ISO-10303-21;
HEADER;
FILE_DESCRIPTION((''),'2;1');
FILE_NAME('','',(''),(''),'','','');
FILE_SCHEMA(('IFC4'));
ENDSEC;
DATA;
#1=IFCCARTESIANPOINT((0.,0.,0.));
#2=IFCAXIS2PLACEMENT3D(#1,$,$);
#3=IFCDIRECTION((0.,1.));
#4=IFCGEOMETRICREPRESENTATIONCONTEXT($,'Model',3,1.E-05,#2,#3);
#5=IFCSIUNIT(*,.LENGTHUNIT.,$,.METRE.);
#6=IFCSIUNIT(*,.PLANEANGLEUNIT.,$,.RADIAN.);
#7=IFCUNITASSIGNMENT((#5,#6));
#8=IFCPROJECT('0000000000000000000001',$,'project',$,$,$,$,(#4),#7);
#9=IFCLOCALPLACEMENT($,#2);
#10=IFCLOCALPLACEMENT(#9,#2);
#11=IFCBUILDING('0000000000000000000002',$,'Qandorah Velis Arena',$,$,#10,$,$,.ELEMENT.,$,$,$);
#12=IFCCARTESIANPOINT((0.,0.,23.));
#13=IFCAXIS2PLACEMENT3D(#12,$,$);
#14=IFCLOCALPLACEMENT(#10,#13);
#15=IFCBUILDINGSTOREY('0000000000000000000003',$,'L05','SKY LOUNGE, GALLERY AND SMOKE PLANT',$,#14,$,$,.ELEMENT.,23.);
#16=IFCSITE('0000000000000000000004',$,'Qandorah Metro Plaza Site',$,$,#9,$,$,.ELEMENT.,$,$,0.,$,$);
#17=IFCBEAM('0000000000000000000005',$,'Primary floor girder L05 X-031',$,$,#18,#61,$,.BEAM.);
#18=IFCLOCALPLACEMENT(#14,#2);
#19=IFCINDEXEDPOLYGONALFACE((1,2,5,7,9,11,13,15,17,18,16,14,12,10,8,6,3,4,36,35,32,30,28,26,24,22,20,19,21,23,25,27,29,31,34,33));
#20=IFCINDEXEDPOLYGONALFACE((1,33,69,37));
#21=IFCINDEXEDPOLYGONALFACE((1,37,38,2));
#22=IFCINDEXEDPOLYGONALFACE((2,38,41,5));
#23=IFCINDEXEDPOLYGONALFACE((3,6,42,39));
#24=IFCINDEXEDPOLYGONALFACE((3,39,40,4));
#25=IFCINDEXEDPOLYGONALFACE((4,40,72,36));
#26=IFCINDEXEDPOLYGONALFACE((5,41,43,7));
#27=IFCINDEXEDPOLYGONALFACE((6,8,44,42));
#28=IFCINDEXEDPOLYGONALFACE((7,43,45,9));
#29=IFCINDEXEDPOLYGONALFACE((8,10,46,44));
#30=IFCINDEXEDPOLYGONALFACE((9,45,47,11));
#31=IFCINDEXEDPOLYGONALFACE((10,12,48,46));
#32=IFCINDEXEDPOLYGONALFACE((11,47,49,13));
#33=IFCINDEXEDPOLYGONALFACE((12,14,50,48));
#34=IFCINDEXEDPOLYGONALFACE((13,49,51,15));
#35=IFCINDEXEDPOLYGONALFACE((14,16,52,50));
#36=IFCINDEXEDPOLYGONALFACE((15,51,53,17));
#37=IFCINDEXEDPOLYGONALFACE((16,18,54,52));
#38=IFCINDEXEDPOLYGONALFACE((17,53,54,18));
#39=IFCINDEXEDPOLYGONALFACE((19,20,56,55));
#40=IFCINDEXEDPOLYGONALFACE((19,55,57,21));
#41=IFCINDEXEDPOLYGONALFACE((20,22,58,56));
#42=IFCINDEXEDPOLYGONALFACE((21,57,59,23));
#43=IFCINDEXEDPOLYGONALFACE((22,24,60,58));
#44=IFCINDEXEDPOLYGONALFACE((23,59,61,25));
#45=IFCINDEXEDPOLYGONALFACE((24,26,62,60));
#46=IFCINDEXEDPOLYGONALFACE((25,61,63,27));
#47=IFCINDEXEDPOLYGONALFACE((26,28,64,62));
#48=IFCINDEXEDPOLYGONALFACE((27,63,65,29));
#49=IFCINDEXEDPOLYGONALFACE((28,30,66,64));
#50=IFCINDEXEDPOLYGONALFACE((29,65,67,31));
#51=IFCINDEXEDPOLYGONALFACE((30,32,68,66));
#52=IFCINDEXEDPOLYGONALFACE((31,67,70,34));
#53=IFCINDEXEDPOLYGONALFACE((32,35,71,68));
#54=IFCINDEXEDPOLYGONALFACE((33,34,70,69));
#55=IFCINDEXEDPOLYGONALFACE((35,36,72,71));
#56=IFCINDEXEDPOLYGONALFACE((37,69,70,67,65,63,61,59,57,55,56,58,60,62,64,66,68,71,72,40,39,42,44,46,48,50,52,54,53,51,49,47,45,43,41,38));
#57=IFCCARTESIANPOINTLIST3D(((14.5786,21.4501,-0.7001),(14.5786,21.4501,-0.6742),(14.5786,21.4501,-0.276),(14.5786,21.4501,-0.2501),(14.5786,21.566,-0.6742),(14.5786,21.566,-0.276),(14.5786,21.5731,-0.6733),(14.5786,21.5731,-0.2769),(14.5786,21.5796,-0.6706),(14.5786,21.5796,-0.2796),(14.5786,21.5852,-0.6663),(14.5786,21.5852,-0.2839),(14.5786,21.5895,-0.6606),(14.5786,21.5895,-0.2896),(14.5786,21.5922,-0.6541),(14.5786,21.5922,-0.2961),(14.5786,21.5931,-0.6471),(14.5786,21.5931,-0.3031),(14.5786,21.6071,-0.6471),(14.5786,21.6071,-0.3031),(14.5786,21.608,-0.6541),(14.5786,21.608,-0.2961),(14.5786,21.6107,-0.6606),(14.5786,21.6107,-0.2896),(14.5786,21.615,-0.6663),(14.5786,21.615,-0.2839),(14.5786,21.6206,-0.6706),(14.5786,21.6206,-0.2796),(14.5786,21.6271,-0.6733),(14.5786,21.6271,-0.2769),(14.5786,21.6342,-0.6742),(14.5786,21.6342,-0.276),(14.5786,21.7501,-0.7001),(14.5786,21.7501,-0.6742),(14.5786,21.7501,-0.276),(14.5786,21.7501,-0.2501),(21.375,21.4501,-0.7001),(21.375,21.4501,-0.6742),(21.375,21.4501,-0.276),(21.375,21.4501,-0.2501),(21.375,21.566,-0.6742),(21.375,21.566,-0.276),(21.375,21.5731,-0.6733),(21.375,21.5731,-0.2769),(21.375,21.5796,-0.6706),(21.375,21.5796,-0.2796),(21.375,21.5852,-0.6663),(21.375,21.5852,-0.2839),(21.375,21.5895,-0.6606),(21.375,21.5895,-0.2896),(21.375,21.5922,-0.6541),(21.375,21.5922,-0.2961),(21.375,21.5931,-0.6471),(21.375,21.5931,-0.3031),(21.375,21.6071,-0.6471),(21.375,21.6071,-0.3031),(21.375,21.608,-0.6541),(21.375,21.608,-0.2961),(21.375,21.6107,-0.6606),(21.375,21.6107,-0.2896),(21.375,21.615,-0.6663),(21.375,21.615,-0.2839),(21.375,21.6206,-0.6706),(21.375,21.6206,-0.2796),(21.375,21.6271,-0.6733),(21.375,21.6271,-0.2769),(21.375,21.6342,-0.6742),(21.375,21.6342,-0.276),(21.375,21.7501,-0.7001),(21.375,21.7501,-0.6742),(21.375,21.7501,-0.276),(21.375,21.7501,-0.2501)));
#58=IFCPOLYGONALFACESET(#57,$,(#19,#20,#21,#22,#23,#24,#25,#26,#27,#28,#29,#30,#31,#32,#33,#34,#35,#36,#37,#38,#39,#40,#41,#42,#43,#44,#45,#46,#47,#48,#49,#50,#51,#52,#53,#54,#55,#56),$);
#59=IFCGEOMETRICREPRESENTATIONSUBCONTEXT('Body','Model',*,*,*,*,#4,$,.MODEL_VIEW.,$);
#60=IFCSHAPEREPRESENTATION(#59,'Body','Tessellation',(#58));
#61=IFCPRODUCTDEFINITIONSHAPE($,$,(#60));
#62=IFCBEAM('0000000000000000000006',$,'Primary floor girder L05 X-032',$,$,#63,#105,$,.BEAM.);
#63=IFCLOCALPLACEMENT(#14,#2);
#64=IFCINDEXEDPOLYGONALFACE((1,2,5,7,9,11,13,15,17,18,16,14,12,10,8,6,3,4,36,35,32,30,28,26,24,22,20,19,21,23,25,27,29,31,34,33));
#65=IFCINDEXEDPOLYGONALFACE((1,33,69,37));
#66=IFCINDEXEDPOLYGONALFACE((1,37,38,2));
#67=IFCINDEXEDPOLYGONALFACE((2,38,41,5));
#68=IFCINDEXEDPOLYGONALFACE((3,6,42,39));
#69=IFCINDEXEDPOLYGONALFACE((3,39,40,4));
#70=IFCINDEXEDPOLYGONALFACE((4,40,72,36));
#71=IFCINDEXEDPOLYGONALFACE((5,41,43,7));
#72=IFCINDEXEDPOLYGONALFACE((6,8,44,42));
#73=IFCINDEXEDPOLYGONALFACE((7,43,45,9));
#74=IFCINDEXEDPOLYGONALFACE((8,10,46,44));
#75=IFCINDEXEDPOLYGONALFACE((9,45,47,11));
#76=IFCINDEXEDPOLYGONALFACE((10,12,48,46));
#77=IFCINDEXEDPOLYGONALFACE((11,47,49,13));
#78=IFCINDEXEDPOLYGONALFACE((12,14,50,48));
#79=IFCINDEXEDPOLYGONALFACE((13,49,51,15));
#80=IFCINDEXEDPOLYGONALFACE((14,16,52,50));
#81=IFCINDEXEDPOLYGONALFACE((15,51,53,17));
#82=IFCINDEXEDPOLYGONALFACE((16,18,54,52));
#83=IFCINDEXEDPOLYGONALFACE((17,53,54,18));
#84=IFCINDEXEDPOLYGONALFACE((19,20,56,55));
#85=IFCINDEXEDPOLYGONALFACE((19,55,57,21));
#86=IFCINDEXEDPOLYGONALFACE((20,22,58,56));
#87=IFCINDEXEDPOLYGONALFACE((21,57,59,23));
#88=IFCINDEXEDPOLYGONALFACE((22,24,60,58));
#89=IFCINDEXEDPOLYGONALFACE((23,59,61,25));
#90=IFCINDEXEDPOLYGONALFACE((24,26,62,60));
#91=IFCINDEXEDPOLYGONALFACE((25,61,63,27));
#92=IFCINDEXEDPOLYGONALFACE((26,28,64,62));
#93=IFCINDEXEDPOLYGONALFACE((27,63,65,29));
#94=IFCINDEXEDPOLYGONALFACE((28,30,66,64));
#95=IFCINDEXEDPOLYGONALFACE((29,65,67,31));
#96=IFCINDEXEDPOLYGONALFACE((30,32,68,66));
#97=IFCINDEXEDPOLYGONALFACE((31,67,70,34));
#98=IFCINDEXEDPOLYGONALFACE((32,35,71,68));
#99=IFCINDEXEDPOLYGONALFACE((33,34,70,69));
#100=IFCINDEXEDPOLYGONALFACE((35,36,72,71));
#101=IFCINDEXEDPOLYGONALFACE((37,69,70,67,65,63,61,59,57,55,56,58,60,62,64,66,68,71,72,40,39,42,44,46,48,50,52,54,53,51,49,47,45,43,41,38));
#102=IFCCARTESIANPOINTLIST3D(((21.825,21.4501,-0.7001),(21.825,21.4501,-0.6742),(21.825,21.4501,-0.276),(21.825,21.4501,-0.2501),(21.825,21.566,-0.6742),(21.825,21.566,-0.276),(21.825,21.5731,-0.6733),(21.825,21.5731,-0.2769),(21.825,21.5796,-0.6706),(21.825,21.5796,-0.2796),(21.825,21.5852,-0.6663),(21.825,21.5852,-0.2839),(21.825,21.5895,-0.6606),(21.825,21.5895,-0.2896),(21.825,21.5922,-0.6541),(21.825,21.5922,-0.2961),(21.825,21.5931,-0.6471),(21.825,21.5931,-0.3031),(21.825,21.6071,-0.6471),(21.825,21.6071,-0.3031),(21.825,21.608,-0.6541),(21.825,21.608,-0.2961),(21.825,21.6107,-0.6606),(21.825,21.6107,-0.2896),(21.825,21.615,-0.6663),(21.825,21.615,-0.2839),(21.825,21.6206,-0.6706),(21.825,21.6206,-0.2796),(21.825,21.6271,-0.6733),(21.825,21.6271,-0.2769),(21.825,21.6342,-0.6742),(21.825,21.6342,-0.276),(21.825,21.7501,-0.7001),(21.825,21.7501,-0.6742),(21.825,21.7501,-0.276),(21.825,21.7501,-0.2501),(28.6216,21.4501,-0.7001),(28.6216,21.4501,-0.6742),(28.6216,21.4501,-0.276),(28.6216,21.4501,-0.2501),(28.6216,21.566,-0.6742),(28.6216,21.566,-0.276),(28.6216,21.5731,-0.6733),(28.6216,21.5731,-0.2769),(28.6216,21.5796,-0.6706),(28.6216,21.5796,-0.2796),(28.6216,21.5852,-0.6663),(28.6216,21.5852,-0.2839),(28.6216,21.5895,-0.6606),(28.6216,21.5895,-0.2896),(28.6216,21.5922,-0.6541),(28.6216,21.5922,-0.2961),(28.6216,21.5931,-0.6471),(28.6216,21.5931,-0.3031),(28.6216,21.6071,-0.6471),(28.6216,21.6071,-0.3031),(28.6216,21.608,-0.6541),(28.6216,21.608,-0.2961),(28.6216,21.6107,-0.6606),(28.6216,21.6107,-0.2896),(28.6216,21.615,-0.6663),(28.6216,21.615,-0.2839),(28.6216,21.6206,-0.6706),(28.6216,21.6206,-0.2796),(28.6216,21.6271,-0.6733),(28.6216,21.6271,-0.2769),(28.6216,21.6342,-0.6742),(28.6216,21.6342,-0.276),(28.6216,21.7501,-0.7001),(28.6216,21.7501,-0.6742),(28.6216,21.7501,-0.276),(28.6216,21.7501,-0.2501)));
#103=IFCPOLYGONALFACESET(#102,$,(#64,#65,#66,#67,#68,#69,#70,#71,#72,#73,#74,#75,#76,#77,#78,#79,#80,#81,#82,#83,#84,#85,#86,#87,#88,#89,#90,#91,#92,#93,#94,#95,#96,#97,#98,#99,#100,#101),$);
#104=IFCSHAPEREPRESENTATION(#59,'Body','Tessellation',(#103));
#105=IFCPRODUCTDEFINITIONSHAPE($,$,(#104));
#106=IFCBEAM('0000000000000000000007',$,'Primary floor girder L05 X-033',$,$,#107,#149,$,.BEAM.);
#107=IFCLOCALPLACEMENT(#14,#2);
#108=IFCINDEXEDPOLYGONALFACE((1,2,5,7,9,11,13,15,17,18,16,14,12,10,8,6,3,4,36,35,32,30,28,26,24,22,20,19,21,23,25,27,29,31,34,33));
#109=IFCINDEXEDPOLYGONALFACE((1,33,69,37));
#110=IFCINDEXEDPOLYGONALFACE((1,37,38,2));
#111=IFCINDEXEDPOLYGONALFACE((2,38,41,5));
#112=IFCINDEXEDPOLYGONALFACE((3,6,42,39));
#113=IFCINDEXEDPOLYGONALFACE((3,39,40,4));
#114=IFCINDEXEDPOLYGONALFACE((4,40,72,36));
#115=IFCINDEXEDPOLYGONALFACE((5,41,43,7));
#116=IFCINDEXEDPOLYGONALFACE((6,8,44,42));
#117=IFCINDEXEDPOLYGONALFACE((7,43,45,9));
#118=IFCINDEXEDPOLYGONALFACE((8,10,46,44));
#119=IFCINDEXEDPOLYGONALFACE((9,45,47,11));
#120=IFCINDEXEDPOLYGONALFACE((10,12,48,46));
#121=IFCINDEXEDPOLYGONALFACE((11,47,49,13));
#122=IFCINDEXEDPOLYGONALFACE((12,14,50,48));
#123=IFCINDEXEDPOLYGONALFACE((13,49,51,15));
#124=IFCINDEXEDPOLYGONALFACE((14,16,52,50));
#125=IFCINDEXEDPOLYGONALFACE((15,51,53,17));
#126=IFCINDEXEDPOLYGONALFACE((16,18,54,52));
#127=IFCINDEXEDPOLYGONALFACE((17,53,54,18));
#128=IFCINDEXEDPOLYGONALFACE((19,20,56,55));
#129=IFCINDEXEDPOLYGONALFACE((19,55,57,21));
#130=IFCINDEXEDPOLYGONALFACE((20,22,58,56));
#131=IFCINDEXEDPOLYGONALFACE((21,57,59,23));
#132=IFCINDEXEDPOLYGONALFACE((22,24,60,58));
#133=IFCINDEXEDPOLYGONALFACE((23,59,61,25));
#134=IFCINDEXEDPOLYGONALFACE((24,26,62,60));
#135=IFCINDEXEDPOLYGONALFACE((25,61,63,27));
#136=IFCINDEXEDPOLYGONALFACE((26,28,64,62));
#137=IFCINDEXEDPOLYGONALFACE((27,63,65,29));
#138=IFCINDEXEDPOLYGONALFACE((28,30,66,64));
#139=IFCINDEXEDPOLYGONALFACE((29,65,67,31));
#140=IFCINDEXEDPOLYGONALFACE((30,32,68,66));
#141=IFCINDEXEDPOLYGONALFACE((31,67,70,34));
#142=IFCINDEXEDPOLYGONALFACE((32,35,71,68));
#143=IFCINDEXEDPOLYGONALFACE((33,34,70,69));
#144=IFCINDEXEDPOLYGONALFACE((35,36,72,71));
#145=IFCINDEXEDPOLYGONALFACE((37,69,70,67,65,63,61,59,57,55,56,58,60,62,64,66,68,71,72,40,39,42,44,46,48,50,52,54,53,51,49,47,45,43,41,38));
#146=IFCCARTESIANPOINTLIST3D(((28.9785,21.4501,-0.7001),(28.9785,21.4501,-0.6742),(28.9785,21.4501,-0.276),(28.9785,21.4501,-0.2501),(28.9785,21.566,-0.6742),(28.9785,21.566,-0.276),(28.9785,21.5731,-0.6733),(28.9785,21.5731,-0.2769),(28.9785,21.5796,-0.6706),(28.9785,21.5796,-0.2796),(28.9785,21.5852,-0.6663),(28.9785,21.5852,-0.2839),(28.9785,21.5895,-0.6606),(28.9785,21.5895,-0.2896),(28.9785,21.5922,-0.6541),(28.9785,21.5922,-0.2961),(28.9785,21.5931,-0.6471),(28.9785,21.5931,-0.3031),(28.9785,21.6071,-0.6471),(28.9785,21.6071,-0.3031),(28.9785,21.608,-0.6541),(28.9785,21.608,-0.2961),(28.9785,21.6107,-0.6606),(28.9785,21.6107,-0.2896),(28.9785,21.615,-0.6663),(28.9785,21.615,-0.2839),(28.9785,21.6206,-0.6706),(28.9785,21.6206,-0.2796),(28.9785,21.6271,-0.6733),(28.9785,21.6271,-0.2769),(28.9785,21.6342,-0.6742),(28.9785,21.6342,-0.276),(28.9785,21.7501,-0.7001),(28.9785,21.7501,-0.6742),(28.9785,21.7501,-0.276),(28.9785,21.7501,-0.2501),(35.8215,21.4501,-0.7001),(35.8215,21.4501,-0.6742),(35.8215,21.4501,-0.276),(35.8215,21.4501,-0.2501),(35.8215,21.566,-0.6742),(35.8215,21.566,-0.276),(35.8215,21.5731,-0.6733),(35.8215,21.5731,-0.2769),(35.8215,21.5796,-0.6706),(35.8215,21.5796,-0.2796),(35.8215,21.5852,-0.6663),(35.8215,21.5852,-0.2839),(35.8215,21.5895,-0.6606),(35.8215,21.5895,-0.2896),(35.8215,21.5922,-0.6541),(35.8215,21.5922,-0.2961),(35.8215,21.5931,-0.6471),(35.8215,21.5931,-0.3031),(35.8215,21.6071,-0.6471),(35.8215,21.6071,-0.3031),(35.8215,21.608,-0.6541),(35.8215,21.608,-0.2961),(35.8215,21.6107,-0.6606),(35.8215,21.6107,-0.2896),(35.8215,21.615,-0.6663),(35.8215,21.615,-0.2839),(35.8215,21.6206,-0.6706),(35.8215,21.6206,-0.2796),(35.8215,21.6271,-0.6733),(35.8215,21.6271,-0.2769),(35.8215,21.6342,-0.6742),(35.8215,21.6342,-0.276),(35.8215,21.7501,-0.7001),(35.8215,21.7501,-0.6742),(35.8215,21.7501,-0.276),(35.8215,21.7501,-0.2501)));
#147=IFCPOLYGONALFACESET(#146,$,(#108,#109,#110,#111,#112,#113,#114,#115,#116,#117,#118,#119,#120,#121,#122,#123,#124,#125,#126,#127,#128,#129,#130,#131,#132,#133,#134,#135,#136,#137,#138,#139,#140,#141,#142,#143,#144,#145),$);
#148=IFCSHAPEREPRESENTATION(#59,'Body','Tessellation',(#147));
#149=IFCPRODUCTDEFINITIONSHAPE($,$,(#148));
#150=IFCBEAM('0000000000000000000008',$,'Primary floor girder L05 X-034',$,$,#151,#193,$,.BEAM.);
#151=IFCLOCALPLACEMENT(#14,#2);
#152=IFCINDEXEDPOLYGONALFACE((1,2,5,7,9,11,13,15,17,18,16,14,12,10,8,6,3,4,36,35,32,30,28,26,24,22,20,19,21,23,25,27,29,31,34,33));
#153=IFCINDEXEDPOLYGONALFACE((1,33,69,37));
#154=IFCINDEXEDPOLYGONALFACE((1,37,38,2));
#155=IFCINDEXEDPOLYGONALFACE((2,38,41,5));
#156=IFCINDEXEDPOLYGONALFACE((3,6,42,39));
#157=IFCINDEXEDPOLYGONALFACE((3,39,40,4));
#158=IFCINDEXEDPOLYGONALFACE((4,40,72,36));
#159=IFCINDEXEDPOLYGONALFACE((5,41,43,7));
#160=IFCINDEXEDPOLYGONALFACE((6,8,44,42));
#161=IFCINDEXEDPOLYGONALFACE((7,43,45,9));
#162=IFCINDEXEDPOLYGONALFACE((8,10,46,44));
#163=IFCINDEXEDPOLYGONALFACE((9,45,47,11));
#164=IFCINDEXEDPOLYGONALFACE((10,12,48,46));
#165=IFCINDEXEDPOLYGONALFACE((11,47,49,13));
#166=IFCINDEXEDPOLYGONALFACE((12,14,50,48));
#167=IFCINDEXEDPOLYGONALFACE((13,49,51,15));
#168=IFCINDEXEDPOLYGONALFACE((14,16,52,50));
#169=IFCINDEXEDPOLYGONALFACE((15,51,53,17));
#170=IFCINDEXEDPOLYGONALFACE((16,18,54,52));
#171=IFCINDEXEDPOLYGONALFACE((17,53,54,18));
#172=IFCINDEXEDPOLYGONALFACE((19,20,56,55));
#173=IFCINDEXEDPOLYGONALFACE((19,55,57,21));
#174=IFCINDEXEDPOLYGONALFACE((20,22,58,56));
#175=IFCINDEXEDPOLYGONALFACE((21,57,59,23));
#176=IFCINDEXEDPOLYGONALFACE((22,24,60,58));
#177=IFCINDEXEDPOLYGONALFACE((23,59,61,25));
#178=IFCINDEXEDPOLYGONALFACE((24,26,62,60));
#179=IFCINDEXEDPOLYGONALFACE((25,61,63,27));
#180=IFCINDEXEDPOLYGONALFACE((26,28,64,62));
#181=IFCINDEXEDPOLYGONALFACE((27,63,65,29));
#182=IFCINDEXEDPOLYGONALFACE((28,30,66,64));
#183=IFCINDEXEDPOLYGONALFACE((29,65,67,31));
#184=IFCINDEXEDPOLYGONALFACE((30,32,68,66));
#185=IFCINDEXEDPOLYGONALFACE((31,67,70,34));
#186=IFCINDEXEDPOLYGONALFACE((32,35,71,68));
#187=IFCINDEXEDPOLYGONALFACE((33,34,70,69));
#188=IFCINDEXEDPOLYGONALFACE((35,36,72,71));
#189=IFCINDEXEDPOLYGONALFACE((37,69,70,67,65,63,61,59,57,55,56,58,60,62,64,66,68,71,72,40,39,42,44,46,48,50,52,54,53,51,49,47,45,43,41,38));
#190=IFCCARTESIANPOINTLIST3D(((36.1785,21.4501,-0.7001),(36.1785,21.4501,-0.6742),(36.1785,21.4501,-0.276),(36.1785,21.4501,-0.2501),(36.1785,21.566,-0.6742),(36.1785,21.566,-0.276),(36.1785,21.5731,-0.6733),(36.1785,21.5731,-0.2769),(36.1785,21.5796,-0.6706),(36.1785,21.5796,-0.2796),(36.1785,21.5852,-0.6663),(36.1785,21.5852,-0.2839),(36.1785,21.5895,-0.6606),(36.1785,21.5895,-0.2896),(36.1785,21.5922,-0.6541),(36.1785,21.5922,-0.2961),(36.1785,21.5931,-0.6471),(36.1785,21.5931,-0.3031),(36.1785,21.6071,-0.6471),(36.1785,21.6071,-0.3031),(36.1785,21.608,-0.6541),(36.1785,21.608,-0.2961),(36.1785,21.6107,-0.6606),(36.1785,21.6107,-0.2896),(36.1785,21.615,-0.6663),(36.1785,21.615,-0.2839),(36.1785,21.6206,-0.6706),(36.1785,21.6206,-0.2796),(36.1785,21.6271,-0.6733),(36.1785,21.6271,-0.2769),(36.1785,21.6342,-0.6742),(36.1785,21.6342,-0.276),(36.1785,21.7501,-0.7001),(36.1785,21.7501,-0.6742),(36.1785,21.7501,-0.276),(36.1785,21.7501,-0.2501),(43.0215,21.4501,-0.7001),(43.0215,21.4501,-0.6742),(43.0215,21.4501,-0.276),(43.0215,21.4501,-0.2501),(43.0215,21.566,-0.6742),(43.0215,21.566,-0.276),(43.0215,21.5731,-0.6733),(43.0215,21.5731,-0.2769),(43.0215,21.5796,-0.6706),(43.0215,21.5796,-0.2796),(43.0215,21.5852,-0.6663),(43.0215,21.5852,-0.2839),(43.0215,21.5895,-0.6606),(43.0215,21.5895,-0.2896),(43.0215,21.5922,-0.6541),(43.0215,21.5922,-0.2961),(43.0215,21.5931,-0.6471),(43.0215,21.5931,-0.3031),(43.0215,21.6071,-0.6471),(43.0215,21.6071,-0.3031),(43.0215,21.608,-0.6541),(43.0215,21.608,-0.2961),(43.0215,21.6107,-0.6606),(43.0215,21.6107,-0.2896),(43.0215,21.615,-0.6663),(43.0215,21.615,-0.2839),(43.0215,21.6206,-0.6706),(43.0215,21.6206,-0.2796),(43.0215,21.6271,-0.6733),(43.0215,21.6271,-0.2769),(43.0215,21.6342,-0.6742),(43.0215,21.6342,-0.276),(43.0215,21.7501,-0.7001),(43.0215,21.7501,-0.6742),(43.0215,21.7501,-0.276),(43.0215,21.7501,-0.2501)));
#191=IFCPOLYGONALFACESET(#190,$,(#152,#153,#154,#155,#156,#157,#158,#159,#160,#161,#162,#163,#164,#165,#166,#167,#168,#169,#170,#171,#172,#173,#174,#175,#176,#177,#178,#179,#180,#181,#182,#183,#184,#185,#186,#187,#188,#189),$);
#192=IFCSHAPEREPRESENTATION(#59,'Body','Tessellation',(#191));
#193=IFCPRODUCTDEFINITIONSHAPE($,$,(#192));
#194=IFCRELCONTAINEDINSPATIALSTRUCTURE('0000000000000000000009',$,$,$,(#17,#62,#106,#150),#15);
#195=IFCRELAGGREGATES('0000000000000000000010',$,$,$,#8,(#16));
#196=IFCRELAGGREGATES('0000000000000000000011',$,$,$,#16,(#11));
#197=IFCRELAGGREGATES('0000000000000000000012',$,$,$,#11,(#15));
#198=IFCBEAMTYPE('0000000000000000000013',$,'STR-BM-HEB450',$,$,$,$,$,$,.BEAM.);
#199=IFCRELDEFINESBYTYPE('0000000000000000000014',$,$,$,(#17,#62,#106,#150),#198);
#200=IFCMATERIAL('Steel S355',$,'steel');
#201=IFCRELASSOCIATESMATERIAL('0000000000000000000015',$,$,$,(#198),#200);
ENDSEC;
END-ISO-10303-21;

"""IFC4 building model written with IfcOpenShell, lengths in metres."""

from ifc_helpers import new_model, si_unit, direction, frame, origin, origin_2d, place, context, subcontext, project, spatial, i_section, extrude, material, material_profile, profile_set, type_object, element, save


model = new_model("IFC4")

# Units and contexts
model_context = context("Model", 3, precision=1e-05, world=origin(), true_north=direction((0.0, 1.0)))
body_context = subcontext(model_context, "Body", "Model", "MODEL_VIEW")
ifc_project = project(units=[si_unit("LENGTHUNIT", "METRE"), si_unit("PLANEANGLEUNIT", "RADIAN")], contexts=[model_context])

# Site, building, storey
site_placement = place(None, origin())
site = spatial("IfcSite", under=ifc_project, at=site_placement, Name="Qandorah Metro Plaza Site", CompositionType="ELEMENT", RefElevation=0.0)
building_placement = place(site_placement, origin())
building = spatial("IfcBuilding", under=site, at=building_placement, Name="Qandorah Velis Arena", CompositionType="ELEMENT")
storey_placement = place(building_placement, frame((0.0, 0.0, 23.0)))
storey = spatial("IfcBuildingStorey", under=building, at=storey_placement, Name="L05", Description="SKY LOUNGE, GALLERY AND SMOKE PLANT", CompositionType="ELEMENT", Elevation=23.0)

# Beams
ifc_material_1 = material(Name="Steel S355", Category="steel")
ifc_material_profile_1 = material_profile(ifc_material_1, i_section(OverallWidth=0.3, OverallDepth=0.45, WebThickness=0.0139, FlangeThickness=0.0259, FilletRadius=0.0271, at=origin_2d()), Name="HEB 450")
ifc_profile_set_1 = profile_set([ifc_material_profile_1], Name="Steel S355")
beam_type_1 = type_object("IfcBeamType", Name="STR-BM-HEB450", PredefinedType="BEAM", material=ifc_profile_set_1)
beam_1_placement = place(storey_placement, frame((14.5786, 21.6001, -0.4751), z_axis=(1.0, 0.0, 0.0), x_axis=(0.0, 1.0, 0.0)))
element("IfcBeam", 1, at=beam_1_placement, inside=storey, type_object=beam_type_1, Name="Primary floor girder L05 X-031", PredefinedType="BEAM", context=body_context, shape_type="SweptSolid", body=[
    extrude(i_section(OverallWidth=0.3, OverallDepth=0.45, WebThickness=0.0139, FlangeThickness=0.0259, FilletRadius=0.0271, at=origin_2d()), origin(), (0.0, 0.0, 1.0), 6.7964),
])
beam_2_placement = place(storey_placement, frame((21.825, 21.6001, -0.4751), z_axis=(1.0, 0.0, 0.0), x_axis=(0.0, 1.0, 0.0)))
element("IfcBeam", 2, at=beam_2_placement, inside=storey, type_object=beam_type_1, Name="Primary floor girder L05 X-032", PredefinedType="BEAM", context=body_context, shape_type="SweptSolid", body=[
    extrude(i_section(OverallWidth=0.3, OverallDepth=0.45, WebThickness=0.0139, FlangeThickness=0.0259, FilletRadius=0.0271, at=origin_2d()), origin(), (0.0, 0.0, 1.0), 6.7966),
])
for number, where, z_axis, x_axis, name in (
    (3, (28.9785, 21.6001, -0.4751), (1.0, 0.0, 0.0), (0.0, 1.0, 0.0), "Primary floor girder L05 X-033"),
    (4, (36.1785, 21.6001, -0.4751), (1.0, 0.0, 0.0), (0.0, 1.0, 0.0), "Primary floor girder L05 X-034"),
):
    element("IfcBeam", number, at=place(storey_placement, frame(where, z_axis=z_axis, x_axis=x_axis)), inside=storey, type_object=beam_type_1, Name=name, PredefinedType="BEAM", context=body_context, shape_type="SweptSolid", body=[
        extrude(i_section(OverallWidth=0.3, OverallDepth=0.45, WebThickness=0.0139, FlangeThickness=0.0259, FilletRadius=0.0271, at=origin_2d()), origin(), (0.0, 0.0, 1.0), 6.843),
    ])

save(model, "model.ifc")
